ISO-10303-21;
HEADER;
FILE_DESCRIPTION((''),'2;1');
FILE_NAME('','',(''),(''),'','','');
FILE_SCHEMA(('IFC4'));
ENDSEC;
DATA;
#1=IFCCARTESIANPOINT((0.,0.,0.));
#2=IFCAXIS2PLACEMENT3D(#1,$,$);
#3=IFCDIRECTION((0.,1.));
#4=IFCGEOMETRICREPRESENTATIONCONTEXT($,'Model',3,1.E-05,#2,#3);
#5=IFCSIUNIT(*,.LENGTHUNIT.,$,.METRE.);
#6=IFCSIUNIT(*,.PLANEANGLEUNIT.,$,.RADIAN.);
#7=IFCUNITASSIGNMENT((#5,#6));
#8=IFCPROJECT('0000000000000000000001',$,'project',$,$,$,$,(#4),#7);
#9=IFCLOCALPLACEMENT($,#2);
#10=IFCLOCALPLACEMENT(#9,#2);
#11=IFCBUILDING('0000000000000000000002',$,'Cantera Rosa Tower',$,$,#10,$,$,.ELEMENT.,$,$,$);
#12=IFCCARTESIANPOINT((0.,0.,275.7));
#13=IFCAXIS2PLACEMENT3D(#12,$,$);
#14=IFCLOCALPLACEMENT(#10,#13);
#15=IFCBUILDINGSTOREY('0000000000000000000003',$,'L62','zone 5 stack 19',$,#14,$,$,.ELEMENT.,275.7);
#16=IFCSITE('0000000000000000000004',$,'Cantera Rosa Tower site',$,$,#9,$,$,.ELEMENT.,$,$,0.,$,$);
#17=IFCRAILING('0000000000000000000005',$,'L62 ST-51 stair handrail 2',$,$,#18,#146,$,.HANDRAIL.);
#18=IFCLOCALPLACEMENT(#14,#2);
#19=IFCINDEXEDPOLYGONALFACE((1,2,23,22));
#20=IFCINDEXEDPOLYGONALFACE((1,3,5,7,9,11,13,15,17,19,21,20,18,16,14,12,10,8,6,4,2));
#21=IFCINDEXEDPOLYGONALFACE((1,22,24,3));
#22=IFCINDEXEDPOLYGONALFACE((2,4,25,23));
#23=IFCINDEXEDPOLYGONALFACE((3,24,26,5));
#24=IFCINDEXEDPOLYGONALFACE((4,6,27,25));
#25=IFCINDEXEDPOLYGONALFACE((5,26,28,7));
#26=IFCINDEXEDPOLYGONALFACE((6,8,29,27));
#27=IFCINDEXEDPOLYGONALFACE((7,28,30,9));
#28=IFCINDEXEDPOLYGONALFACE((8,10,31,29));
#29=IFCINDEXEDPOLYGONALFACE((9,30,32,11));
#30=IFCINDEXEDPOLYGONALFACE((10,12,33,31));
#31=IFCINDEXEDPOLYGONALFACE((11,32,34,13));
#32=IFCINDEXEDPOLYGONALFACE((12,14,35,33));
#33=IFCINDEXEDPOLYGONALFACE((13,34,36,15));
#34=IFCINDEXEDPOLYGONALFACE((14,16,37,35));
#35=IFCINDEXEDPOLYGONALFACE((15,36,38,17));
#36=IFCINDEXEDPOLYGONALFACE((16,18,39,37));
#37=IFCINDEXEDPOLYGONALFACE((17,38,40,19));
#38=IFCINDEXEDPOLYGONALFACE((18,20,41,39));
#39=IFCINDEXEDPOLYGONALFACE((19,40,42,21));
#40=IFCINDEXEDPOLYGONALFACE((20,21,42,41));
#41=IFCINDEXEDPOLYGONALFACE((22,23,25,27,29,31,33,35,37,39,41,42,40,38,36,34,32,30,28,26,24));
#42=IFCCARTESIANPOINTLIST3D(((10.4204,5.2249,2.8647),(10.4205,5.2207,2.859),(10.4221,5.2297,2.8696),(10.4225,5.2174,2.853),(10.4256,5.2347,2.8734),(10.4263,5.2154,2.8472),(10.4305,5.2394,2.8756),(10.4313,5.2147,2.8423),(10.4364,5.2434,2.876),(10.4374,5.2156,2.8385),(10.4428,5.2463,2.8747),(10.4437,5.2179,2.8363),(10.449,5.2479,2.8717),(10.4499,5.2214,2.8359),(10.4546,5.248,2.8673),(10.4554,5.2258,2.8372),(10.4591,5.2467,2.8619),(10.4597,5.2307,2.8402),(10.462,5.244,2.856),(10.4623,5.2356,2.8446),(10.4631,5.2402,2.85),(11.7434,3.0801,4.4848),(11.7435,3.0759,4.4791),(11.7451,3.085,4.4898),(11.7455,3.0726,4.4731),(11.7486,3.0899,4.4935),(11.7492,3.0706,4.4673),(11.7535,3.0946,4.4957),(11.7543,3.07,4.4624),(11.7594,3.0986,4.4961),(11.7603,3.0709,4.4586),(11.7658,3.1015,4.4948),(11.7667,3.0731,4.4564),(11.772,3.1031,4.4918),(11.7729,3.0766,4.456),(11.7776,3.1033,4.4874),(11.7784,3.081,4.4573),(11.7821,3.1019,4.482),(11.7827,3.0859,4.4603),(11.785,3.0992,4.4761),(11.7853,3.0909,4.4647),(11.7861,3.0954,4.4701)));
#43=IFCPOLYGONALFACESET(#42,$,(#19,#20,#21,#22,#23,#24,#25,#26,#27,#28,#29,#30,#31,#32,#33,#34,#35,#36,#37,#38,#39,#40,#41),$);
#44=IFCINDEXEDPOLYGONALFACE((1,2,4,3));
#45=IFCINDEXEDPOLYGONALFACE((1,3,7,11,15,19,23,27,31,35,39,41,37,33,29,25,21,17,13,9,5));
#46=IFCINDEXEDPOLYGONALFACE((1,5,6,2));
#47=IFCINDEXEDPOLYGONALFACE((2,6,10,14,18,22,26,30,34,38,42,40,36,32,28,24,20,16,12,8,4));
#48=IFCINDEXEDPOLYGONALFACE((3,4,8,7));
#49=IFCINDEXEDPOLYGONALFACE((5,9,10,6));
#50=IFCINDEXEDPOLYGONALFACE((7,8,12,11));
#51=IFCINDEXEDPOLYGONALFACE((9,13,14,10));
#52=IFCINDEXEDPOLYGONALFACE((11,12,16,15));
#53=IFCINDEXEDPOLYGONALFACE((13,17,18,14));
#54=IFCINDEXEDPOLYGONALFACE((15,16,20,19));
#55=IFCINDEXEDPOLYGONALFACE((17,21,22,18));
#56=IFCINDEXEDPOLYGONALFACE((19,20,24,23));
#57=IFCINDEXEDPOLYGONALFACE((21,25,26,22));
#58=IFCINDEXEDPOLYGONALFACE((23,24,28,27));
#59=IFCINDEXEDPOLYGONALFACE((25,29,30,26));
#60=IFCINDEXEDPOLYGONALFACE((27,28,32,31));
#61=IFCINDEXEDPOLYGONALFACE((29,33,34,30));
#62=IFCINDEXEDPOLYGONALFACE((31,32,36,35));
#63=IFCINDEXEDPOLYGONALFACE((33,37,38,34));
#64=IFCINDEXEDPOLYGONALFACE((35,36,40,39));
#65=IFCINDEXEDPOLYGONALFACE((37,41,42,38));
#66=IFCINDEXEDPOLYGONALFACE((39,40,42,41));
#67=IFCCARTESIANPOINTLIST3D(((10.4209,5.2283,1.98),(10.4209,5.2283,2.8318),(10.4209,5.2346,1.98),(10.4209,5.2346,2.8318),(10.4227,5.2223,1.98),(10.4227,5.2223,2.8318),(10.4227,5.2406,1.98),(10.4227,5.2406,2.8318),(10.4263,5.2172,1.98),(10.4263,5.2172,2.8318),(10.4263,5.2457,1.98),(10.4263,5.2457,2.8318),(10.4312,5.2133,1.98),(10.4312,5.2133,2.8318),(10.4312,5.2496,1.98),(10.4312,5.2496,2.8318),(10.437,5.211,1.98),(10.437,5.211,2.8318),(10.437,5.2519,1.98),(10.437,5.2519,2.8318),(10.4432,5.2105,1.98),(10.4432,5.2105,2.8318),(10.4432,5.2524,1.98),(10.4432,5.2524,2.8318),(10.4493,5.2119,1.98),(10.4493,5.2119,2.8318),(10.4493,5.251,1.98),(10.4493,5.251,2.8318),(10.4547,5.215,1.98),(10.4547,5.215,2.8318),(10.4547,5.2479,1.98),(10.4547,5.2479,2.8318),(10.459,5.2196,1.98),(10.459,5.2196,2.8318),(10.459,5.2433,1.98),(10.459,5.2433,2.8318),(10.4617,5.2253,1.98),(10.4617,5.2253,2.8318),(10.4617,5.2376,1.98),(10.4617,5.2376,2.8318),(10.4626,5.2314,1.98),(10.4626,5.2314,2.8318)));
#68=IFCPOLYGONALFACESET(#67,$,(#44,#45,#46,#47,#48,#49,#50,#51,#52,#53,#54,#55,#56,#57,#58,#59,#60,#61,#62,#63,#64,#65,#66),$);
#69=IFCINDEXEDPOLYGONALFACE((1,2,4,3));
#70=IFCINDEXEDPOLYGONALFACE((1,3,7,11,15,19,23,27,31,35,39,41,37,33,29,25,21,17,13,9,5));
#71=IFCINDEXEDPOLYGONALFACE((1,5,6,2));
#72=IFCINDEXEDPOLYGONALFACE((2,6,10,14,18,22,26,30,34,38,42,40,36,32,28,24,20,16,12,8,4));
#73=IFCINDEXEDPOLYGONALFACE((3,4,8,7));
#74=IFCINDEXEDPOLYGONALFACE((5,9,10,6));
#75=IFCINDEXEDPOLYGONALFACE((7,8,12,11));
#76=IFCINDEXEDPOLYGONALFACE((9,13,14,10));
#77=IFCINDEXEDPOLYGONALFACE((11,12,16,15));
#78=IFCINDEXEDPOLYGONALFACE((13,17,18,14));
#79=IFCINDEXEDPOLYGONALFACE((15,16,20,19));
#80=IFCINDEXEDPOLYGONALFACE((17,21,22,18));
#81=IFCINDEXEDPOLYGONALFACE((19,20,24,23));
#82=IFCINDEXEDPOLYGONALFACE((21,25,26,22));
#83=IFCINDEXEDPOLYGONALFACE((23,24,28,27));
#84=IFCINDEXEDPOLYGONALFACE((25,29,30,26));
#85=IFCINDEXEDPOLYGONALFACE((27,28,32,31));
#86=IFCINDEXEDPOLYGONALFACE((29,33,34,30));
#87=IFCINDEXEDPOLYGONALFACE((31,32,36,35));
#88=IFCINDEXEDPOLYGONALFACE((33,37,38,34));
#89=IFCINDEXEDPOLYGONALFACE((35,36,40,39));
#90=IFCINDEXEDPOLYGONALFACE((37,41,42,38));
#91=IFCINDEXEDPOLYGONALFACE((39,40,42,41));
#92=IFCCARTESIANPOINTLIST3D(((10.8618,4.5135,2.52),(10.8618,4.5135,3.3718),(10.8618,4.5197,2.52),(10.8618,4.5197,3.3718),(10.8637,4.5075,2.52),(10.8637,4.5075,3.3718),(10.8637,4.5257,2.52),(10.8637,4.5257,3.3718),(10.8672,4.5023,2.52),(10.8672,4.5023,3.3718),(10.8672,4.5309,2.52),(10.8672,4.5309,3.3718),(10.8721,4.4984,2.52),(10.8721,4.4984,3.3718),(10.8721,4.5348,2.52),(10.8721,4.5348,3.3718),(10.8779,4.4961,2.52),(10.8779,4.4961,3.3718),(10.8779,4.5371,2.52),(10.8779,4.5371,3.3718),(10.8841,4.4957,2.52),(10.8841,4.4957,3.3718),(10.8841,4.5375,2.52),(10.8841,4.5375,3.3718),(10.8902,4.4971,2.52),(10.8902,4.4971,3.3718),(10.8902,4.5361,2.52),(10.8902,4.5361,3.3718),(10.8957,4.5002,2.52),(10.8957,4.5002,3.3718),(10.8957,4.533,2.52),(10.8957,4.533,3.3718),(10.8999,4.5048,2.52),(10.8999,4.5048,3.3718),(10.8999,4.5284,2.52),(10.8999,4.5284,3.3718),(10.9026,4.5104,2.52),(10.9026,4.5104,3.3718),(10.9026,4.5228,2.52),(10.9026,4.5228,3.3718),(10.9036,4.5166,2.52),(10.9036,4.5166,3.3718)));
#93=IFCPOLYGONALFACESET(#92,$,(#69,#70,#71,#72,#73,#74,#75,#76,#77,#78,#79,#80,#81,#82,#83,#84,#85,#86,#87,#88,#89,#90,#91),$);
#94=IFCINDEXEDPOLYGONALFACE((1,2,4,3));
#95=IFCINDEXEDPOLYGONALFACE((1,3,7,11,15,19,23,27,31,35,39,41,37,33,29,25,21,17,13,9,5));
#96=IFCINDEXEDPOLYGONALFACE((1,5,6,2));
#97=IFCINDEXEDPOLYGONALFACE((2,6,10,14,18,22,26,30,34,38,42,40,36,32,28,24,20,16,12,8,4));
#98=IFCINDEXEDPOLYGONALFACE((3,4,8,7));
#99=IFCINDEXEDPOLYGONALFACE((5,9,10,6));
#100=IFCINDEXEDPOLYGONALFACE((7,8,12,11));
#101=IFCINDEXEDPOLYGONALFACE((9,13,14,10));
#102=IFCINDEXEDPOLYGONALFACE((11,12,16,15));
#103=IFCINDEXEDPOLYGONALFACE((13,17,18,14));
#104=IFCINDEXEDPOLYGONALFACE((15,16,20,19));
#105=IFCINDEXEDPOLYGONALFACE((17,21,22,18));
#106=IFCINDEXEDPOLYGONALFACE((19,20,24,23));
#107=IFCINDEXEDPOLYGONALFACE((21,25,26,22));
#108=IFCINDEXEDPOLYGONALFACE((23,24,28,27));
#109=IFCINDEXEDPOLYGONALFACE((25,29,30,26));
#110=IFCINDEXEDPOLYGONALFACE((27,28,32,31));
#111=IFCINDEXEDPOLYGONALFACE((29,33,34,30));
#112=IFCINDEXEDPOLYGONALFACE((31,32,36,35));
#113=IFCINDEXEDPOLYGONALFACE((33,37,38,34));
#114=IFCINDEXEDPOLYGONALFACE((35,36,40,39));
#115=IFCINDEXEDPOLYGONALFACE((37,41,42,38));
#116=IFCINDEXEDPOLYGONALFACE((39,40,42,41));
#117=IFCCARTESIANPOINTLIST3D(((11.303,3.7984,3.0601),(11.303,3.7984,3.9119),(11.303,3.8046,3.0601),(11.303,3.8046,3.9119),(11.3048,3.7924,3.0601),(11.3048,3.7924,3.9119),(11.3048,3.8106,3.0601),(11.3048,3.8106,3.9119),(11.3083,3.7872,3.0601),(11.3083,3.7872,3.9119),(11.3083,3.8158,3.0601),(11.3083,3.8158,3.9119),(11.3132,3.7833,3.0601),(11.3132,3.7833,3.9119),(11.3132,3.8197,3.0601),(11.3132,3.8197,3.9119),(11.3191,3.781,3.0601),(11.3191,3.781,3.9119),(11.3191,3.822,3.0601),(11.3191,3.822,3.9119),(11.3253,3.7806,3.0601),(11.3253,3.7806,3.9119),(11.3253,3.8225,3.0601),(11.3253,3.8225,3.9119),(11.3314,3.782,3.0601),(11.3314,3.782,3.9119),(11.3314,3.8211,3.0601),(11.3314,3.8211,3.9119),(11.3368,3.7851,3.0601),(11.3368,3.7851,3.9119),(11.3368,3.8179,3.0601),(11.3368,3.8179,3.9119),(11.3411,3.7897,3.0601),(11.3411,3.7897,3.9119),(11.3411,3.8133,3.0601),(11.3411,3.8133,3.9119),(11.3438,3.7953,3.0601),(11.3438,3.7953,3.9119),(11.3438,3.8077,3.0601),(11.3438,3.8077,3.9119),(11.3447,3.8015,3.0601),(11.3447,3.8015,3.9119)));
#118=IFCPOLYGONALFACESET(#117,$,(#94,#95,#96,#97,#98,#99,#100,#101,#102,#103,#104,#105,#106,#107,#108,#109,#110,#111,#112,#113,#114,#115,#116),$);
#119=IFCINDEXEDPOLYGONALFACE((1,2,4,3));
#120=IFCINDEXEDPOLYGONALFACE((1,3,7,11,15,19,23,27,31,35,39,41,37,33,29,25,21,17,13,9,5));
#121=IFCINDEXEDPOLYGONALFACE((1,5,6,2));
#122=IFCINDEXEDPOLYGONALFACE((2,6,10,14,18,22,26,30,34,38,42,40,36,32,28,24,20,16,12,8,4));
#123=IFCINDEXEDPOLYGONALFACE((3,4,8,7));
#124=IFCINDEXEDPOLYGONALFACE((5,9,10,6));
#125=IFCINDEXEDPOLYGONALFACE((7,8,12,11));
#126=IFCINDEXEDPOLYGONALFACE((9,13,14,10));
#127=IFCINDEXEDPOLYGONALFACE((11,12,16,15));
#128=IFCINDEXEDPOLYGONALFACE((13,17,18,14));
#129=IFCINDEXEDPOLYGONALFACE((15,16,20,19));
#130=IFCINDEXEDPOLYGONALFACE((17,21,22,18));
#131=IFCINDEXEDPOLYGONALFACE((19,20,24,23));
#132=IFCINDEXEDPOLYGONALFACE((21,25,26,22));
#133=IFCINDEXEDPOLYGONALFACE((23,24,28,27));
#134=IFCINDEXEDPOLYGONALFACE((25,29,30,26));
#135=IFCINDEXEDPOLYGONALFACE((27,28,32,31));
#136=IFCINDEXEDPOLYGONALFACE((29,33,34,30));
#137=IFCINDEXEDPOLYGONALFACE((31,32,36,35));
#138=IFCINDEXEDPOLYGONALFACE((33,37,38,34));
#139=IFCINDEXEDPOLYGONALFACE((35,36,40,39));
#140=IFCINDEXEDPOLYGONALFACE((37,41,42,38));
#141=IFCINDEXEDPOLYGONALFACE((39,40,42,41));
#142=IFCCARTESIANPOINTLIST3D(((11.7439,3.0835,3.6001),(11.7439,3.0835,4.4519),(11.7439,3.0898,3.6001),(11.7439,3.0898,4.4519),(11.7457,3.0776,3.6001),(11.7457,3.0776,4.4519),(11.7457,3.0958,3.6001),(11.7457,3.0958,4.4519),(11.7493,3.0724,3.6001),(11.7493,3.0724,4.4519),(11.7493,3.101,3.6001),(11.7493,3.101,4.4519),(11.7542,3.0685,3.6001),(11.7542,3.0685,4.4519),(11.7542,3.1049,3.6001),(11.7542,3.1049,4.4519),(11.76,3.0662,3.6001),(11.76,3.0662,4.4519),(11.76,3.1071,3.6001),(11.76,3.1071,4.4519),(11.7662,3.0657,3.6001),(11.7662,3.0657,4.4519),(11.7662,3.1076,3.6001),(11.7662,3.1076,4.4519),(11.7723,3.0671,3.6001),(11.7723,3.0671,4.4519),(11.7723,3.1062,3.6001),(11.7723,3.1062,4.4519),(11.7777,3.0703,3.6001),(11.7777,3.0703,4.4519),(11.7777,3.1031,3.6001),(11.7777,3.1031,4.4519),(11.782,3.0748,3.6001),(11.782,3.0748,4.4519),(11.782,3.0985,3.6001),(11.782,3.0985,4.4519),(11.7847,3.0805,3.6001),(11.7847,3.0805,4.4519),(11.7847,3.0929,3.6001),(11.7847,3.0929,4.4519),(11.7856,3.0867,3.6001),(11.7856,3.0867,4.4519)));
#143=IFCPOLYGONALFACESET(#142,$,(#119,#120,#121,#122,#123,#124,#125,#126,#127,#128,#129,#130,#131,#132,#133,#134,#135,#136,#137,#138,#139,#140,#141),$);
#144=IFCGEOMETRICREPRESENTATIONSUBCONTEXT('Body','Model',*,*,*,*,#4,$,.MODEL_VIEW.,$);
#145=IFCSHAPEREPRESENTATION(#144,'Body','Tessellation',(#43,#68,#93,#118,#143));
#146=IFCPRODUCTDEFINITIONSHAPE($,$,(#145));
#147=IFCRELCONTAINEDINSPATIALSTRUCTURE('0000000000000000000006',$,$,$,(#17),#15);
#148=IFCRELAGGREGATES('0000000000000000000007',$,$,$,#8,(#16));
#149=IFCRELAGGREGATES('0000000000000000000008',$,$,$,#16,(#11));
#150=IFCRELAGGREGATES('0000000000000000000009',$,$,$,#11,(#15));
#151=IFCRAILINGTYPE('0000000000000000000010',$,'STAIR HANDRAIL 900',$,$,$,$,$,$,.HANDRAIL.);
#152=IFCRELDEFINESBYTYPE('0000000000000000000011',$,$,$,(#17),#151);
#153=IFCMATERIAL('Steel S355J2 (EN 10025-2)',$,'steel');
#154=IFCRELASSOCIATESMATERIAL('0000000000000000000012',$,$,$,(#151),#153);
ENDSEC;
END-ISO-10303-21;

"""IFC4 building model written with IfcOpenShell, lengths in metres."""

from ifc_helpers import new_model, si_unit, direction, frame, origin, origin_2d, place, context, subcontext, project, spatial, circle, extrude, material, type_object, element, save


model = new_model("IFC4")

# Units and contexts
model_context = context("Model", 3, precision=1e-05, world=origin(), true_north=direction((0.0, 1.0)))
body_context = subcontext(model_context, "Body", "Model", "MODEL_VIEW")
ifc_project = project(units=[si_unit("LENGTHUNIT", "METRE"), si_unit("PLANEANGLEUNIT", "RADIAN")], contexts=[model_context])

# Site, building, storey
site_placement = place(None, origin())
site = spatial("IfcSite", under=ifc_project, at=site_placement, Name="Cantera Rosa Tower site", CompositionType="ELEMENT", RefElevation=0.0)
building_placement = place(site_placement, origin())
building = spatial("IfcBuilding", under=site, at=building_placement, Name="Cantera Rosa Tower", CompositionType="ELEMENT")
storey_placement = place(building_placement, frame((0.0, 0.0, 275.7)))
storey = spatial("IfcBuildingStorey", under=building, at=storey_placement, Name="L62", Description="zone 5 stack 19", CompositionType="ELEMENT", Elevation=275.7)

# Railing
ifc_material_1 = material(Name="Steel S355J2 (EN 10025-2)", Category="steel")
railing_type_1 = type_object("IfcRailingType", Name="STAIR HANDRAIL 900", PredefinedType="HANDRAIL", material=ifc_material_1)
railing_1_placement = place(storey_placement, frame((10.4417, 5.2314, 1.98)))
element("IfcRailing", 1, at=railing_1_placement, inside=storey, type_object=railing_type_1, Name="L62 ST-51 stair handrail 2", PredefinedType="HANDRAIL", context=body_context, shape_type="SweptSolid", body=[
    extrude(circle(Radius=0.0239, at=origin_2d()), frame((0.0, 0.0, 0.876), z_axis=(0.441609, -0.715914, 0.540786), x_axis=(0.851102, 0.525, 0.0)), (0.0, 0.0, 1.0), 2.9958),
    extrude(circle(Radius=0.021, at=origin_2d()), origin(), (0.0, 0.0, 1.0), 0.8518),
    extrude(circle(Radius=0.021, at=origin_2d()), frame((0.4409, -0.7148, 0.54)), (0.0, 0.0, 1.0), 0.8518),
    extrude(circle(Radius=0.021, at=origin_2d()), frame((0.8821, -1.4299, 1.0801)), (0.0, 0.0, 1.0), 0.8518),
    extrude(circle(Radius=0.021, at=origin_2d()), frame((1.323, -2.1448, 1.6201)), (0.0, 0.0, 1.0), 0.8518),
])

save(model, "model.ifc")
